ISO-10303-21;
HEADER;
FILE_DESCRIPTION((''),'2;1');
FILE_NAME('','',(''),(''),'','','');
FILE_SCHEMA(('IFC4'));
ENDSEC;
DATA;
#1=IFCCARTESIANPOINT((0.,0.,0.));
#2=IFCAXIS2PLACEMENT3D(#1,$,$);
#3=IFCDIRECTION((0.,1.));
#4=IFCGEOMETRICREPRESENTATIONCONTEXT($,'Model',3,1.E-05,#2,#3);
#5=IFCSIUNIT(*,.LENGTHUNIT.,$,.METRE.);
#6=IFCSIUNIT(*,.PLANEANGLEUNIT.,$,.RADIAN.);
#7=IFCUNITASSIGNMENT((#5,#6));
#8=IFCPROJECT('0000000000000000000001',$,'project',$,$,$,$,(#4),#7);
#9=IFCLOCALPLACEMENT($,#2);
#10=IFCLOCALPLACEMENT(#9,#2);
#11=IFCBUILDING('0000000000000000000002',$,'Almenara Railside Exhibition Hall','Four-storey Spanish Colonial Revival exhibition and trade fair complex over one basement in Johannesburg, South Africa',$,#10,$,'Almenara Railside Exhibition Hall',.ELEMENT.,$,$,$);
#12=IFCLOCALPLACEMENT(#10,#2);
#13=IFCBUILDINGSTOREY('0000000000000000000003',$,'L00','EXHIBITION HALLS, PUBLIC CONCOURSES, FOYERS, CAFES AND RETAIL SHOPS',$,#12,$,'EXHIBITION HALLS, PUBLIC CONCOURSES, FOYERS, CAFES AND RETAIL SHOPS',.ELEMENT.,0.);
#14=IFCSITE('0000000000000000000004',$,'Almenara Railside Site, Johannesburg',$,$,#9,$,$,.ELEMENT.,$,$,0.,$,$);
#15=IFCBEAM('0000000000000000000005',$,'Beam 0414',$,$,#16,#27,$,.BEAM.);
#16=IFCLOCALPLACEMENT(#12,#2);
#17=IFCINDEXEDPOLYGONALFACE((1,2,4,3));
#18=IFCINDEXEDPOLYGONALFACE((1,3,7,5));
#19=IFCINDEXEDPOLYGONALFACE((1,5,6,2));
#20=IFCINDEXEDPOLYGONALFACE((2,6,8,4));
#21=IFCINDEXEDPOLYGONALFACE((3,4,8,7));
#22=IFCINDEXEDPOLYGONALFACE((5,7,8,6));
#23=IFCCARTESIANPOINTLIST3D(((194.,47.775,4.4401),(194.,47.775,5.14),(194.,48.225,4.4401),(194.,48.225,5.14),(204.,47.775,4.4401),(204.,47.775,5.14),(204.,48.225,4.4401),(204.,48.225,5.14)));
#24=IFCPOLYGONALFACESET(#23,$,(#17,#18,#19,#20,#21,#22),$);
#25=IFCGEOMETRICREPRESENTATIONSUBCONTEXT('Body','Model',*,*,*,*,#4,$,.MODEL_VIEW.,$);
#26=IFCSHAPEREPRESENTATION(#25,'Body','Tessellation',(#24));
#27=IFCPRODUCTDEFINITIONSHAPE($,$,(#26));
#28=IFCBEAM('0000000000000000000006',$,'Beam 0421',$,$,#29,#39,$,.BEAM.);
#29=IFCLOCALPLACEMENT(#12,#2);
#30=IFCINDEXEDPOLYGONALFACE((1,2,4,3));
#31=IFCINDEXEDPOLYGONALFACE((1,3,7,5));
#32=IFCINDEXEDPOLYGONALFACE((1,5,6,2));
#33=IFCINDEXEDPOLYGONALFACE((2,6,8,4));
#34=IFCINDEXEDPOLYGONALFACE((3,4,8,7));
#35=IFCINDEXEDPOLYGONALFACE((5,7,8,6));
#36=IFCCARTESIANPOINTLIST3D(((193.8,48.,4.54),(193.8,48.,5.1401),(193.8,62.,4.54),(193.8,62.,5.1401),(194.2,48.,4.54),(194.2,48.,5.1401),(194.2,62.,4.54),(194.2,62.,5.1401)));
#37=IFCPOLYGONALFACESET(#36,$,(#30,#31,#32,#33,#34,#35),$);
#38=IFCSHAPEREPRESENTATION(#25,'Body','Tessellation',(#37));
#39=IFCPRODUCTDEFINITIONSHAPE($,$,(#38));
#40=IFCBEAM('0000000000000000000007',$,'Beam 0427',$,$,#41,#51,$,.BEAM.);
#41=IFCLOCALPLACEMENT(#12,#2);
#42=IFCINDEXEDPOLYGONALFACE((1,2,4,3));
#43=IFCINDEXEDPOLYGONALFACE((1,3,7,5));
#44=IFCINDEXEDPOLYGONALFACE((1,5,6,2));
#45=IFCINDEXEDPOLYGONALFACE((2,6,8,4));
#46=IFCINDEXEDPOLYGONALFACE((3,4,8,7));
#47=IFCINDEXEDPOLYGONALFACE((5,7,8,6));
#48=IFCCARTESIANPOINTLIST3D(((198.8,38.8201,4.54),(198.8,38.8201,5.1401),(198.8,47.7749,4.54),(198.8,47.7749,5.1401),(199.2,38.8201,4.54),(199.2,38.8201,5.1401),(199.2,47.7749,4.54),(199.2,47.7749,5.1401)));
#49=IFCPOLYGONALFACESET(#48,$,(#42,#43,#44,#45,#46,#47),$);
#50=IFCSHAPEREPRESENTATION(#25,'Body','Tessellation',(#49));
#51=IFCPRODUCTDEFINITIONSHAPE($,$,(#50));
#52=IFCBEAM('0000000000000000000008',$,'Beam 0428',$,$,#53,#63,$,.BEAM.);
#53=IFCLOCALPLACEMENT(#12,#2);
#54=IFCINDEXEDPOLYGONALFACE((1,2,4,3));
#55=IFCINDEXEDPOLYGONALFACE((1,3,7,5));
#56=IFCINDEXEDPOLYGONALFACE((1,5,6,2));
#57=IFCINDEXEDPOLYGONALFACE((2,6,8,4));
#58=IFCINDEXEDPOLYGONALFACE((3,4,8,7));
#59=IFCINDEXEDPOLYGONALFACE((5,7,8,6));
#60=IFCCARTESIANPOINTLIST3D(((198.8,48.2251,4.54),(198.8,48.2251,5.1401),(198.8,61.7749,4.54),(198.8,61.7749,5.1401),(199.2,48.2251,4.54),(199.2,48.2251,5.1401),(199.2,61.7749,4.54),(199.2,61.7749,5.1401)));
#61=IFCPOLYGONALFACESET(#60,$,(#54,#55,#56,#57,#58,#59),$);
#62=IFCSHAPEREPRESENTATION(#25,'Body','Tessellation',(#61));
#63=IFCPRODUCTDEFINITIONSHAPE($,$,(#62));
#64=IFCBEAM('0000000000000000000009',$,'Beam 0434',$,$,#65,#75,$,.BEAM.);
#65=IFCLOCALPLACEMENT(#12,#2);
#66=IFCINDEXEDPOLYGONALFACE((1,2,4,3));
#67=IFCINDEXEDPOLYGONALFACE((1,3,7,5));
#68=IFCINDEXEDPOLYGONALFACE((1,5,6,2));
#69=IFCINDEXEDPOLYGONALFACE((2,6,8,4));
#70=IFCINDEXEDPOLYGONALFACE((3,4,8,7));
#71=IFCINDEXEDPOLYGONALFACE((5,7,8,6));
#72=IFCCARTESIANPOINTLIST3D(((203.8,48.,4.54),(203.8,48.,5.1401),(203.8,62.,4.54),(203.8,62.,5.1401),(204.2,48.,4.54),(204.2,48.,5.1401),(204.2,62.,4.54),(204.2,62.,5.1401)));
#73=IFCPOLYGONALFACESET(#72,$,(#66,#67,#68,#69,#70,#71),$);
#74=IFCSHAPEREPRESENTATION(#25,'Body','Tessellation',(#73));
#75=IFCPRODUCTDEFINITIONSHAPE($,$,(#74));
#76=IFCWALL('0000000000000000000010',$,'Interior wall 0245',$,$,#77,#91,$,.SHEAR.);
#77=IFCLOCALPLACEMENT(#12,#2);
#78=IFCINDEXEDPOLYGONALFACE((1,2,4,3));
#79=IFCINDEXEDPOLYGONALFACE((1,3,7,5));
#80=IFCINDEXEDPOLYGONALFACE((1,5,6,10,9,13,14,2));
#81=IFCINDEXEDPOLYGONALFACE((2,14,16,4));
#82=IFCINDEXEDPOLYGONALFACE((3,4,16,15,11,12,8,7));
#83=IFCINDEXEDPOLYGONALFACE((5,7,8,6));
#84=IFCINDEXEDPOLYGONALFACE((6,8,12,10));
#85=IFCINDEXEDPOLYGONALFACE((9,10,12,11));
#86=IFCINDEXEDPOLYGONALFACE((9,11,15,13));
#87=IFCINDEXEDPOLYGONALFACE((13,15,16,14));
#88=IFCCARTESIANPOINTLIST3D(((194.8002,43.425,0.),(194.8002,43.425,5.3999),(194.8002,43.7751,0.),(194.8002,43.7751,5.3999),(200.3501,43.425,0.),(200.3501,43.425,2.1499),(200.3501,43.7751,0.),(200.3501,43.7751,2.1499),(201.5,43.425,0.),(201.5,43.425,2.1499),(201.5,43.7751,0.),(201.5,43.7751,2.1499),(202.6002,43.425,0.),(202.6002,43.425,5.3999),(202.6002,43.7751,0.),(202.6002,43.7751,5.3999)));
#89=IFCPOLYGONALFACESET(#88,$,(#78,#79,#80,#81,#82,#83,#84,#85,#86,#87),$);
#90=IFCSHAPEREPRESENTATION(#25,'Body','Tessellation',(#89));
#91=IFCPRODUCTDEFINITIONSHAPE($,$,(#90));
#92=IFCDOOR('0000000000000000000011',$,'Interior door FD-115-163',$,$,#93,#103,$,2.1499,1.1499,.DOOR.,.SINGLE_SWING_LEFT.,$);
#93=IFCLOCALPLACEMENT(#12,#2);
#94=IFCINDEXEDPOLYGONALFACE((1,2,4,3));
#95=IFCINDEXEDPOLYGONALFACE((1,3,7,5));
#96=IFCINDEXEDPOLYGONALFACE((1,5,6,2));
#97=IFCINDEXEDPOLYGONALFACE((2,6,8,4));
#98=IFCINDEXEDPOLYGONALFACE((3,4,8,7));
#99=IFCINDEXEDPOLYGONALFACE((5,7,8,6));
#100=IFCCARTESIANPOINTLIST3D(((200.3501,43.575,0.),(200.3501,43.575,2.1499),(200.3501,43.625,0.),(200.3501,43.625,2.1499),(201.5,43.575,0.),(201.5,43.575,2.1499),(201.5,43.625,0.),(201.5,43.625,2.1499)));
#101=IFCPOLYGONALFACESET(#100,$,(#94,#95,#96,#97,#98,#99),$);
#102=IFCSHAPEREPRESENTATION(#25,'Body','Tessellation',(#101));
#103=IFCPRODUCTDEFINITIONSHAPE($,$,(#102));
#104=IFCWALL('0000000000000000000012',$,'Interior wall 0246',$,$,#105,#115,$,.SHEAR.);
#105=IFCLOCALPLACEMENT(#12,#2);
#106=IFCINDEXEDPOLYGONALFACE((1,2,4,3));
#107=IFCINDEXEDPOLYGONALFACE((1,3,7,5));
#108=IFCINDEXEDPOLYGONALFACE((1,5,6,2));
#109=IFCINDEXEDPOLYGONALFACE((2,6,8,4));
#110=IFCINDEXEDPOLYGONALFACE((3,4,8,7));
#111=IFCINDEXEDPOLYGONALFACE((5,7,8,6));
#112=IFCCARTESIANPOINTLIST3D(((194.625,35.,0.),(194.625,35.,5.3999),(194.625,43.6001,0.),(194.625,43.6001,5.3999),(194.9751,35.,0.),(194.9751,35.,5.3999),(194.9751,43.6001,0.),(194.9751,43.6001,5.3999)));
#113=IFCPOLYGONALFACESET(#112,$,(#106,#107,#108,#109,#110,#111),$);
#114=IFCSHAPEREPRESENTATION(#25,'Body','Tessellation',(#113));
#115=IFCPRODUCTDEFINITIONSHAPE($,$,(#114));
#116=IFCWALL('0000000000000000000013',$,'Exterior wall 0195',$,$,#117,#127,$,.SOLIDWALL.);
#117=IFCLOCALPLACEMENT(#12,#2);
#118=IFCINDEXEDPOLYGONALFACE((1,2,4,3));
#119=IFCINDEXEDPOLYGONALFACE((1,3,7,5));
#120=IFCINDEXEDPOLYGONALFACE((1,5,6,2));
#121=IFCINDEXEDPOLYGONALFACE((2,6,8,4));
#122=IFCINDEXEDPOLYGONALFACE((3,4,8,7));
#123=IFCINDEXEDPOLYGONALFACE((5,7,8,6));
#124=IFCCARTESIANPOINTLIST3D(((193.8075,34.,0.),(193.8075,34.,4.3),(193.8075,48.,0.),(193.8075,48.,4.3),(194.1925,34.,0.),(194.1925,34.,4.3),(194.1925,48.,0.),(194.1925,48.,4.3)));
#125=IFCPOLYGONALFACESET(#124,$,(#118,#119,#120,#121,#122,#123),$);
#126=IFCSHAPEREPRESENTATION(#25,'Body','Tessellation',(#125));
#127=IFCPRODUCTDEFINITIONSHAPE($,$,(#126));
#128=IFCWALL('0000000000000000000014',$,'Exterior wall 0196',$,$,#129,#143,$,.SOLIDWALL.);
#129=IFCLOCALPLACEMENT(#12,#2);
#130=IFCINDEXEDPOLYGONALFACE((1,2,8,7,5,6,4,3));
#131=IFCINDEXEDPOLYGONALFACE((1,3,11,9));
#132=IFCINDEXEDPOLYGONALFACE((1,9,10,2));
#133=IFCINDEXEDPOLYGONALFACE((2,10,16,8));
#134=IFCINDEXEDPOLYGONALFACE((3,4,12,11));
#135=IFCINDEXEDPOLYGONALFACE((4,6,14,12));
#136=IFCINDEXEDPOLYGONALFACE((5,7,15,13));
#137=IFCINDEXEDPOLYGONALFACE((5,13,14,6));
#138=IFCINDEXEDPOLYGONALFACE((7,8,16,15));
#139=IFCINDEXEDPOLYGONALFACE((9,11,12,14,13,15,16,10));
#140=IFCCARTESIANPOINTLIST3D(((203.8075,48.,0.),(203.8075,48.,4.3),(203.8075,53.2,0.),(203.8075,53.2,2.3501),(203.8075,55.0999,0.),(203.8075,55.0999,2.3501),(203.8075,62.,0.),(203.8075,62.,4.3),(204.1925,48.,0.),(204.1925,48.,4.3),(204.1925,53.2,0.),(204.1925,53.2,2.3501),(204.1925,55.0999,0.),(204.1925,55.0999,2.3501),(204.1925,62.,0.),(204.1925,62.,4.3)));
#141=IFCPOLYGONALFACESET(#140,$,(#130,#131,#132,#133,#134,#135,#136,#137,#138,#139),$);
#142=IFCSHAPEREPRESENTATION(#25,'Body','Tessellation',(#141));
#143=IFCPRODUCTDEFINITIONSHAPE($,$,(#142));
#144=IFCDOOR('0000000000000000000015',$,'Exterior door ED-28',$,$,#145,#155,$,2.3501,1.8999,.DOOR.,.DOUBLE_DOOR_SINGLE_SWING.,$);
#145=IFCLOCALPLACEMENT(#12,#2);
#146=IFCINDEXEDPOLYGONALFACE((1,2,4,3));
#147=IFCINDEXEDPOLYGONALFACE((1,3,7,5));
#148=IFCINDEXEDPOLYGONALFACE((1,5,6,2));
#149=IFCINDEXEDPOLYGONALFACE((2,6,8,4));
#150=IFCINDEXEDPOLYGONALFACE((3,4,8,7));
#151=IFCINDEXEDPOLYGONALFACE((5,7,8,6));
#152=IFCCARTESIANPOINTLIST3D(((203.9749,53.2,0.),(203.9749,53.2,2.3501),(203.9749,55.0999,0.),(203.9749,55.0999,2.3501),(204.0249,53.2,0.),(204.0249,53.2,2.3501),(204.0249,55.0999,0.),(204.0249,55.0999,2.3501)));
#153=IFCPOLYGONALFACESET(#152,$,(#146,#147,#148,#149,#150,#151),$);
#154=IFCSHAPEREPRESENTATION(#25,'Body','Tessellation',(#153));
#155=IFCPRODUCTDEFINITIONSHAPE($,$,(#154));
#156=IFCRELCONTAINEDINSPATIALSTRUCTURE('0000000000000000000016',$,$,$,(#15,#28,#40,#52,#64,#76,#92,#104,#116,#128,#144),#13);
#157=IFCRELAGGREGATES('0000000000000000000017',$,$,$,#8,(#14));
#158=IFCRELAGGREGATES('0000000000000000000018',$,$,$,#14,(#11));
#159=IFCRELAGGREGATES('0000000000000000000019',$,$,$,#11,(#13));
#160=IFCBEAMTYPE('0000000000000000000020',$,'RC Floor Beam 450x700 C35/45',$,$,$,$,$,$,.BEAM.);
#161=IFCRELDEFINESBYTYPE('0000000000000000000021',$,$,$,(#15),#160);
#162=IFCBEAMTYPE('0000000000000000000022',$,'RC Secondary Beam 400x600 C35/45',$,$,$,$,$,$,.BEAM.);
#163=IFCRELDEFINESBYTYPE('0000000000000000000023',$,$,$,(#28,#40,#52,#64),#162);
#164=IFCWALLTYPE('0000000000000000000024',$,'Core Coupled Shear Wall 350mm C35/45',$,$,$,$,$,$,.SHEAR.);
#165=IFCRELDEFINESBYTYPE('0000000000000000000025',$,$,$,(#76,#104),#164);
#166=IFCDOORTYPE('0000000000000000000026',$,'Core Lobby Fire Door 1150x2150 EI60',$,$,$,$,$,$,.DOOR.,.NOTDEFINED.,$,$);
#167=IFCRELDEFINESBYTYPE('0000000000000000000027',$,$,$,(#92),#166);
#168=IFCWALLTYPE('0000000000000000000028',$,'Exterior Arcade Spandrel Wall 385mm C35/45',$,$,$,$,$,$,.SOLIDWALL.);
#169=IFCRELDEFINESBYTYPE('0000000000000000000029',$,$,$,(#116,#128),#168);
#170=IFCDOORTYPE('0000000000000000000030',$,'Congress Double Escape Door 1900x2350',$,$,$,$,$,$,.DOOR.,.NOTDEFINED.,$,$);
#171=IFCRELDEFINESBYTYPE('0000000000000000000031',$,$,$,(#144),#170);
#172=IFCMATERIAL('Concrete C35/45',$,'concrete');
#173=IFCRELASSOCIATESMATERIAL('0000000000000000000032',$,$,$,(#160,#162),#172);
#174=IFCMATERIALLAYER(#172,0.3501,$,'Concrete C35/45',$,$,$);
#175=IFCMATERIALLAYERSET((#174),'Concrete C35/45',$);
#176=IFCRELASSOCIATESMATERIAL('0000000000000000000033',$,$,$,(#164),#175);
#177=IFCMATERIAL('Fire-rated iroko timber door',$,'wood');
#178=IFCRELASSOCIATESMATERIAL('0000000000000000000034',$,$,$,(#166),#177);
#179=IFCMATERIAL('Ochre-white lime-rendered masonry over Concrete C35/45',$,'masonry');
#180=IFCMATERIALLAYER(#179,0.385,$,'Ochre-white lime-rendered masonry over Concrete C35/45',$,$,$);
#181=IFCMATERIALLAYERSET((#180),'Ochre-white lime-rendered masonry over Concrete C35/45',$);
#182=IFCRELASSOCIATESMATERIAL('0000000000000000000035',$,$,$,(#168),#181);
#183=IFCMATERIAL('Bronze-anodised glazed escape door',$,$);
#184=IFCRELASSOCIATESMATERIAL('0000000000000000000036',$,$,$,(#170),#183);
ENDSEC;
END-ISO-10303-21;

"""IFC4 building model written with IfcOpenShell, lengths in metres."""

from ifc_helpers import new_model, si_unit, direction, frame, frame_2d, origin, origin_2d, place, context, subcontext, project, spatial, rectangle, extrude, material, layer, layer_set, material_profile, profile_set, type_object, element, fill, save


model = new_model("IFC4")

# Units and contexts
model_context = context("Model", 3, precision=1e-05, world=origin(), true_north=direction((0.0, 1.0)))
body_context = subcontext(model_context, "Body", "Model", "MODEL_VIEW")
ifc_project = project(units=[si_unit("LENGTHUNIT", "METRE"), si_unit("PLANEANGLEUNIT", "RADIAN")], contexts=[model_context])

# Site, building, storey
site_placement = place(None, origin())
site = spatial("IfcSite", under=ifc_project, at=site_placement, Name="Almenara Railside Site, Johannesburg", CompositionType="ELEMENT", RefElevation=0.0)
building_placement = place(site_placement, origin())
building = spatial("IfcBuilding", under=site, at=building_placement, Name="Almenara Railside Exhibition Hall", Description="Four-storey Spanish Colonial Revival exhibition and trade fair complex over one basement in Johannesburg, South Africa", LongName="Almenara Railside Exhibition Hall", CompositionType="ELEMENT")
storey_placement = place(building_placement, origin())
storey = spatial("IfcBuildingStorey", under=building, at=storey_placement, Name="L00", Description="EXHIBITION HALLS, PUBLIC CONCOURSES, FOYERS, CAFES AND RETAIL SHOPS", LongName="EXHIBITION HALLS, PUBLIC CONCOURSES, FOYERS, CAFES AND RETAIL SHOPS", CompositionType="ELEMENT", Elevation=0.0)

# Shared definitions
ifc_material_1 = material(Name="Concrete C35/45", Category="concrete")

# Beams
ifc_material_profile_1 = material_profile(ifc_material_1, rectangle(XDim=0.45, YDim=0.7, at=origin_2d()), Name="RC 450x700")
ifc_profile_set_1 = profile_set([ifc_material_profile_1], Name="Concrete C35/45")
beam_type_1 = type_object("IfcBeamType", Name="RC Floor Beam 450x700 C35/45", PredefinedType="BEAM", material=ifc_profile_set_1)
beam_1_placement = place(storey_placement, frame((194.0, 48.0, 4.79), z_axis=(1.0, 0.0, 0.0), x_axis=(0.0, 1.0, 0.0)))
element("IfcBeam", 1, at=beam_1_placement, inside=storey, type_object=beam_type_1, Name="Beam 0414", PredefinedType="BEAM", context=body_context, shape_type="SweptSolid", body=[
    extrude(rectangle(XDim=0.45, YDim=0.7, at=origin_2d()), origin(), (0.0, 0.0, 1.0), 10.0),
])
ifc_material_profile_2 = material_profile(ifc_material_1, rectangle(XDim=0.3999, YDim=0.6001, at=origin_2d()), Name="RC 400x600")
ifc_profile_set_2 = profile_set([ifc_material_profile_2], Name="Concrete C35/45")
beam_type_2 = type_object("IfcBeamType", Name="RC Secondary Beam 400x600 C35/45", PredefinedType="BEAM", material=ifc_profile_set_2)
beam_2_placement = place(storey_placement, frame((194.0, 48.0, 4.8401), z_axis=(0.0, 1.0, 0.0), x_axis=(-1.0, 0.0, 0.0)))
element("IfcBeam", 2, at=beam_2_placement, inside=storey, type_object=beam_type_2, Name="Beam 0421", PredefinedType="BEAM", context=body_context, shape_type="SweptSolid", body=[
    extrude(rectangle(XDim=0.3999, YDim=0.6001, at=origin_2d()), origin(), (0.0, 0.0, 1.0), 14.0),
])
beam_3_placement = place(storey_placement, frame((199.0, 38.8201, 4.8401), z_axis=(0.0, 1.0, 0.0), x_axis=(-1.0, 0.0, 0.0)))
element("IfcBeam", 3, at=beam_3_placement, inside=storey, type_object=beam_type_2, Name="Beam 0427", PredefinedType="BEAM", context=body_context, shape_type="SweptSolid", body=[
    extrude(rectangle(XDim=0.3999, YDim=0.6001, at=origin_2d()), origin(), (0.0, 0.0, 1.0), 8.9548),
])
beam_4_placement = place(storey_placement, frame((199.0, 48.2251, 4.8401), z_axis=(0.0, 1.0, 0.0), x_axis=(-1.0, 0.0, 0.0)))
element("IfcBeam", 4, at=beam_4_placement, inside=storey, type_object=beam_type_2, Name="Beam 0428", PredefinedType="BEAM", context=body_context, shape_type="SweptSolid", body=[
    extrude(rectangle(XDim=0.3999, YDim=0.6001, at=origin_2d()), origin(), (0.0, 0.0, 1.0), 13.5498),
])
beam_5_placement = place(storey_placement, frame((204.0, 48.0, 4.8401), z_axis=(0.0, 1.0, 0.0), x_axis=(-1.0, 0.0, 0.0)))
element("IfcBeam", 5, at=beam_5_placement, inside=storey, type_object=beam_type_2, Name="Beam 0434", PredefinedType="BEAM", context=body_context, shape_type="SweptSolid", body=[
    extrude(rectangle(XDim=0.3999, YDim=0.6001, at=origin_2d()), origin(), (0.0, 0.0, 1.0), 14.0),
])

# Wall, opening, door
ifc_layer_1 = layer(ifc_material_1, 0.3501, Name="Concrete C35/45")
ifc_layer_set_1 = layer_set([ifc_layer_1], Name="Concrete C35/45")
wall_type_1 = type_object("IfcWallType", Name="Core Coupled Shear Wall 350mm C35/45", PredefinedType="SHEAR", material=ifc_layer_set_1)
wall_1_placement = place(storey_placement, frame((202.6001, 43.6001, 0.0), z_axis=(0.0, 0.0, 1.0), x_axis=(-1.0, 0.0, 0.0)))
wall_1 = element("IfcWall", 6, at=wall_1_placement, inside=storey, type_object=wall_type_1, Name="Interior wall 0245", PredefinedType="SHEAR", context=body_context, shape_type="SweptSolid", body=[
    extrude(rectangle(XDim=7.8, YDim=0.3501, at=frame_2d((3.8999, 0.0))), origin(), (0.0, 0.0, 1.0), 5.3999),
])
opening_1_placement = place(wall_1_placement, frame((1.1001, 0.0, 0.0)))
opening_1 = element("IfcOpeningElement", 7, at=opening_1_placement, cuts=wall_1, PredefinedType="OPENING", context=body_context, shape_type="SweptSolid", body=[
    extrude(rectangle(XDim=1.1499, YDim=2.1499, at=frame_2d((0.575, 1.075))), frame((0.0, 0.1851, 0.0), z_axis=(0.0, -1.0, 0.0), x_axis=(1.0, 0.0, 0.0)), (0.0, 0.0, 1.0), 0.3701),
])
ifc_material_2 = material(Name="Fire-rated iroko timber door", Category="wood")
door_type_1 = type_object("IfcDoorType", Name="Core Lobby Fire Door 1150x2150 EI60", OperationType="NOTDEFINED", PredefinedType="DOOR", material=ifc_material_2)
door_1_placement = place(opening_1_placement, frame((1.1499, 0.0, 0.0), z_axis=(0.0, 0.0, 1.0), x_axis=(-1.0, 0.0, 0.0)))
door_1 = element("IfcDoor", 8, at=door_1_placement, inside=storey, type_object=door_type_1, Name="Interior door FD-115-163", OperationType="SINGLE_SWING_LEFT", OverallHeight=2.1499, OverallWidth=1.1499, PredefinedType="DOOR", context=body_context, shape_type="SweptSolid", body=[
    extrude(rectangle(XDim=1.1499, YDim=2.1499, at=frame_2d((0.575, 1.075))), frame((0.0, 0.0249, 0.0), z_axis=(0.0, -1.0, 0.0), x_axis=(1.0, 0.0, 0.0)), (0.0, 0.0, 1.0), 0.05),
])
fill(opening_1, door_1)

# Walls
wall_2_placement = place(storey_placement, frame((194.8, 43.6001, 0.0), z_axis=(0.0, 0.0, 1.0), x_axis=(0.0, -1.0, 0.0)))
element("IfcWall", 9, at=wall_2_placement, inside=storey, type_object=wall_type_1, Name="Interior wall 0246", PredefinedType="SHEAR", context=body_context, shape_type="SweptSolid", body=[
    extrude(rectangle(XDim=8.6001, YDim=0.3501, at=frame_2d((4.3, 0.0))), origin(), (0.0, 0.0, 1.0), 5.3999),
])
ifc_material_3 = material(Name="Ochre-white lime-rendered masonry over Concrete C35/45", Category="masonry")
ifc_layer_2 = layer(ifc_material_3, 0.385, Name="Ochre-white lime-rendered masonry over Concrete C35/45")
ifc_layer_set_2 = layer_set([ifc_layer_2], Name="Ochre-white lime-rendered masonry over Concrete C35/45")
wall_type_2 = type_object("IfcWallType", Name="Exterior Arcade Spandrel Wall 385mm C35/45", PredefinedType="SOLIDWALL", material=ifc_layer_set_2)
wall_3_placement = place(storey_placement, frame((194.0, 48.0, 0.0), z_axis=(0.0, 0.0, 1.0), x_axis=(0.0, -1.0, 0.0)))
element("IfcWall", 10, at=wall_3_placement, inside=storey, type_object=wall_type_2, Name="Exterior wall 0195", PredefinedType="SOLIDWALL", context=body_context, shape_type="SweptSolid", body=[
    extrude(rectangle(XDim=14.0, YDim=0.385, at=frame_2d((7.0, 0.0))), origin(), (0.0, 0.0, 1.0), 4.3),
])

# Wall, opening, door
wall_4_placement = place(storey_placement, frame((204.0, 48.0, 0.0), z_axis=(0.0, 0.0, 1.0), x_axis=(0.0, 1.0, 0.0)))
wall_4 = element("IfcWall", 11, at=wall_4_placement, inside=storey, type_object=wall_type_2, Name="Exterior wall 0196", PredefinedType="SOLIDWALL", context=body_context, shape_type="SweptSolid", body=[
    extrude(rectangle(XDim=14.0, YDim=0.385, at=frame_2d((7.0, 0.0))), origin(), (0.0, 0.0, 1.0), 4.3),
])
opening_2_placement = place(wall_4_placement, frame((5.2, 0.0, 0.0)))
opening_2 = element("IfcOpeningElement", 12, at=opening_2_placement, cuts=wall_4, PredefinedType="OPENING", context=body_context, shape_type="SweptSolid", body=[
    extrude(rectangle(XDim=1.8999, YDim=2.3501, at=frame_2d((0.95, 1.175))), frame((0.0, 0.2024, 0.0), z_axis=(0.0, -1.0, 0.0), x_axis=(1.0, 0.0, 0.0)), (0.0, 0.0, 1.0), 0.405),
])
ifc_material_4 = material(Name="Bronze-anodised glazed escape door")
door_type_2 = type_object("IfcDoorType", Name="Congress Double Escape Door 1900x2350", OperationType="NOTDEFINED", PredefinedType="DOOR", material=ifc_material_4)
door_2_placement = place(opening_2_placement, frame((1.8999, 0.0, 0.0), z_axis=(0.0, 0.0, 1.0), x_axis=(-1.0, 0.0, 0.0)))
door_2 = element("IfcDoor", 13, at=door_2_placement, inside=storey, type_object=door_type_2, Name="Exterior door ED-28", OperationType="DOUBLE_DOOR_SINGLE_SWING", OverallHeight=2.3501, OverallWidth=1.8999, PredefinedType="DOOR", context=body_context, shape_type="SweptSolid", body=[
    extrude(rectangle(XDim=1.8999, YDim=2.3501, at=frame_2d((0.95, 1.175))), frame((0.0, 0.0249, 0.0), z_axis=(0.0, -1.0, 0.0), x_axis=(1.0, 0.0, 0.0)), (0.0, 0.0, 1.0), 0.05),
])
fill(opening_2, door_2)

save(model, "model.ifc")
